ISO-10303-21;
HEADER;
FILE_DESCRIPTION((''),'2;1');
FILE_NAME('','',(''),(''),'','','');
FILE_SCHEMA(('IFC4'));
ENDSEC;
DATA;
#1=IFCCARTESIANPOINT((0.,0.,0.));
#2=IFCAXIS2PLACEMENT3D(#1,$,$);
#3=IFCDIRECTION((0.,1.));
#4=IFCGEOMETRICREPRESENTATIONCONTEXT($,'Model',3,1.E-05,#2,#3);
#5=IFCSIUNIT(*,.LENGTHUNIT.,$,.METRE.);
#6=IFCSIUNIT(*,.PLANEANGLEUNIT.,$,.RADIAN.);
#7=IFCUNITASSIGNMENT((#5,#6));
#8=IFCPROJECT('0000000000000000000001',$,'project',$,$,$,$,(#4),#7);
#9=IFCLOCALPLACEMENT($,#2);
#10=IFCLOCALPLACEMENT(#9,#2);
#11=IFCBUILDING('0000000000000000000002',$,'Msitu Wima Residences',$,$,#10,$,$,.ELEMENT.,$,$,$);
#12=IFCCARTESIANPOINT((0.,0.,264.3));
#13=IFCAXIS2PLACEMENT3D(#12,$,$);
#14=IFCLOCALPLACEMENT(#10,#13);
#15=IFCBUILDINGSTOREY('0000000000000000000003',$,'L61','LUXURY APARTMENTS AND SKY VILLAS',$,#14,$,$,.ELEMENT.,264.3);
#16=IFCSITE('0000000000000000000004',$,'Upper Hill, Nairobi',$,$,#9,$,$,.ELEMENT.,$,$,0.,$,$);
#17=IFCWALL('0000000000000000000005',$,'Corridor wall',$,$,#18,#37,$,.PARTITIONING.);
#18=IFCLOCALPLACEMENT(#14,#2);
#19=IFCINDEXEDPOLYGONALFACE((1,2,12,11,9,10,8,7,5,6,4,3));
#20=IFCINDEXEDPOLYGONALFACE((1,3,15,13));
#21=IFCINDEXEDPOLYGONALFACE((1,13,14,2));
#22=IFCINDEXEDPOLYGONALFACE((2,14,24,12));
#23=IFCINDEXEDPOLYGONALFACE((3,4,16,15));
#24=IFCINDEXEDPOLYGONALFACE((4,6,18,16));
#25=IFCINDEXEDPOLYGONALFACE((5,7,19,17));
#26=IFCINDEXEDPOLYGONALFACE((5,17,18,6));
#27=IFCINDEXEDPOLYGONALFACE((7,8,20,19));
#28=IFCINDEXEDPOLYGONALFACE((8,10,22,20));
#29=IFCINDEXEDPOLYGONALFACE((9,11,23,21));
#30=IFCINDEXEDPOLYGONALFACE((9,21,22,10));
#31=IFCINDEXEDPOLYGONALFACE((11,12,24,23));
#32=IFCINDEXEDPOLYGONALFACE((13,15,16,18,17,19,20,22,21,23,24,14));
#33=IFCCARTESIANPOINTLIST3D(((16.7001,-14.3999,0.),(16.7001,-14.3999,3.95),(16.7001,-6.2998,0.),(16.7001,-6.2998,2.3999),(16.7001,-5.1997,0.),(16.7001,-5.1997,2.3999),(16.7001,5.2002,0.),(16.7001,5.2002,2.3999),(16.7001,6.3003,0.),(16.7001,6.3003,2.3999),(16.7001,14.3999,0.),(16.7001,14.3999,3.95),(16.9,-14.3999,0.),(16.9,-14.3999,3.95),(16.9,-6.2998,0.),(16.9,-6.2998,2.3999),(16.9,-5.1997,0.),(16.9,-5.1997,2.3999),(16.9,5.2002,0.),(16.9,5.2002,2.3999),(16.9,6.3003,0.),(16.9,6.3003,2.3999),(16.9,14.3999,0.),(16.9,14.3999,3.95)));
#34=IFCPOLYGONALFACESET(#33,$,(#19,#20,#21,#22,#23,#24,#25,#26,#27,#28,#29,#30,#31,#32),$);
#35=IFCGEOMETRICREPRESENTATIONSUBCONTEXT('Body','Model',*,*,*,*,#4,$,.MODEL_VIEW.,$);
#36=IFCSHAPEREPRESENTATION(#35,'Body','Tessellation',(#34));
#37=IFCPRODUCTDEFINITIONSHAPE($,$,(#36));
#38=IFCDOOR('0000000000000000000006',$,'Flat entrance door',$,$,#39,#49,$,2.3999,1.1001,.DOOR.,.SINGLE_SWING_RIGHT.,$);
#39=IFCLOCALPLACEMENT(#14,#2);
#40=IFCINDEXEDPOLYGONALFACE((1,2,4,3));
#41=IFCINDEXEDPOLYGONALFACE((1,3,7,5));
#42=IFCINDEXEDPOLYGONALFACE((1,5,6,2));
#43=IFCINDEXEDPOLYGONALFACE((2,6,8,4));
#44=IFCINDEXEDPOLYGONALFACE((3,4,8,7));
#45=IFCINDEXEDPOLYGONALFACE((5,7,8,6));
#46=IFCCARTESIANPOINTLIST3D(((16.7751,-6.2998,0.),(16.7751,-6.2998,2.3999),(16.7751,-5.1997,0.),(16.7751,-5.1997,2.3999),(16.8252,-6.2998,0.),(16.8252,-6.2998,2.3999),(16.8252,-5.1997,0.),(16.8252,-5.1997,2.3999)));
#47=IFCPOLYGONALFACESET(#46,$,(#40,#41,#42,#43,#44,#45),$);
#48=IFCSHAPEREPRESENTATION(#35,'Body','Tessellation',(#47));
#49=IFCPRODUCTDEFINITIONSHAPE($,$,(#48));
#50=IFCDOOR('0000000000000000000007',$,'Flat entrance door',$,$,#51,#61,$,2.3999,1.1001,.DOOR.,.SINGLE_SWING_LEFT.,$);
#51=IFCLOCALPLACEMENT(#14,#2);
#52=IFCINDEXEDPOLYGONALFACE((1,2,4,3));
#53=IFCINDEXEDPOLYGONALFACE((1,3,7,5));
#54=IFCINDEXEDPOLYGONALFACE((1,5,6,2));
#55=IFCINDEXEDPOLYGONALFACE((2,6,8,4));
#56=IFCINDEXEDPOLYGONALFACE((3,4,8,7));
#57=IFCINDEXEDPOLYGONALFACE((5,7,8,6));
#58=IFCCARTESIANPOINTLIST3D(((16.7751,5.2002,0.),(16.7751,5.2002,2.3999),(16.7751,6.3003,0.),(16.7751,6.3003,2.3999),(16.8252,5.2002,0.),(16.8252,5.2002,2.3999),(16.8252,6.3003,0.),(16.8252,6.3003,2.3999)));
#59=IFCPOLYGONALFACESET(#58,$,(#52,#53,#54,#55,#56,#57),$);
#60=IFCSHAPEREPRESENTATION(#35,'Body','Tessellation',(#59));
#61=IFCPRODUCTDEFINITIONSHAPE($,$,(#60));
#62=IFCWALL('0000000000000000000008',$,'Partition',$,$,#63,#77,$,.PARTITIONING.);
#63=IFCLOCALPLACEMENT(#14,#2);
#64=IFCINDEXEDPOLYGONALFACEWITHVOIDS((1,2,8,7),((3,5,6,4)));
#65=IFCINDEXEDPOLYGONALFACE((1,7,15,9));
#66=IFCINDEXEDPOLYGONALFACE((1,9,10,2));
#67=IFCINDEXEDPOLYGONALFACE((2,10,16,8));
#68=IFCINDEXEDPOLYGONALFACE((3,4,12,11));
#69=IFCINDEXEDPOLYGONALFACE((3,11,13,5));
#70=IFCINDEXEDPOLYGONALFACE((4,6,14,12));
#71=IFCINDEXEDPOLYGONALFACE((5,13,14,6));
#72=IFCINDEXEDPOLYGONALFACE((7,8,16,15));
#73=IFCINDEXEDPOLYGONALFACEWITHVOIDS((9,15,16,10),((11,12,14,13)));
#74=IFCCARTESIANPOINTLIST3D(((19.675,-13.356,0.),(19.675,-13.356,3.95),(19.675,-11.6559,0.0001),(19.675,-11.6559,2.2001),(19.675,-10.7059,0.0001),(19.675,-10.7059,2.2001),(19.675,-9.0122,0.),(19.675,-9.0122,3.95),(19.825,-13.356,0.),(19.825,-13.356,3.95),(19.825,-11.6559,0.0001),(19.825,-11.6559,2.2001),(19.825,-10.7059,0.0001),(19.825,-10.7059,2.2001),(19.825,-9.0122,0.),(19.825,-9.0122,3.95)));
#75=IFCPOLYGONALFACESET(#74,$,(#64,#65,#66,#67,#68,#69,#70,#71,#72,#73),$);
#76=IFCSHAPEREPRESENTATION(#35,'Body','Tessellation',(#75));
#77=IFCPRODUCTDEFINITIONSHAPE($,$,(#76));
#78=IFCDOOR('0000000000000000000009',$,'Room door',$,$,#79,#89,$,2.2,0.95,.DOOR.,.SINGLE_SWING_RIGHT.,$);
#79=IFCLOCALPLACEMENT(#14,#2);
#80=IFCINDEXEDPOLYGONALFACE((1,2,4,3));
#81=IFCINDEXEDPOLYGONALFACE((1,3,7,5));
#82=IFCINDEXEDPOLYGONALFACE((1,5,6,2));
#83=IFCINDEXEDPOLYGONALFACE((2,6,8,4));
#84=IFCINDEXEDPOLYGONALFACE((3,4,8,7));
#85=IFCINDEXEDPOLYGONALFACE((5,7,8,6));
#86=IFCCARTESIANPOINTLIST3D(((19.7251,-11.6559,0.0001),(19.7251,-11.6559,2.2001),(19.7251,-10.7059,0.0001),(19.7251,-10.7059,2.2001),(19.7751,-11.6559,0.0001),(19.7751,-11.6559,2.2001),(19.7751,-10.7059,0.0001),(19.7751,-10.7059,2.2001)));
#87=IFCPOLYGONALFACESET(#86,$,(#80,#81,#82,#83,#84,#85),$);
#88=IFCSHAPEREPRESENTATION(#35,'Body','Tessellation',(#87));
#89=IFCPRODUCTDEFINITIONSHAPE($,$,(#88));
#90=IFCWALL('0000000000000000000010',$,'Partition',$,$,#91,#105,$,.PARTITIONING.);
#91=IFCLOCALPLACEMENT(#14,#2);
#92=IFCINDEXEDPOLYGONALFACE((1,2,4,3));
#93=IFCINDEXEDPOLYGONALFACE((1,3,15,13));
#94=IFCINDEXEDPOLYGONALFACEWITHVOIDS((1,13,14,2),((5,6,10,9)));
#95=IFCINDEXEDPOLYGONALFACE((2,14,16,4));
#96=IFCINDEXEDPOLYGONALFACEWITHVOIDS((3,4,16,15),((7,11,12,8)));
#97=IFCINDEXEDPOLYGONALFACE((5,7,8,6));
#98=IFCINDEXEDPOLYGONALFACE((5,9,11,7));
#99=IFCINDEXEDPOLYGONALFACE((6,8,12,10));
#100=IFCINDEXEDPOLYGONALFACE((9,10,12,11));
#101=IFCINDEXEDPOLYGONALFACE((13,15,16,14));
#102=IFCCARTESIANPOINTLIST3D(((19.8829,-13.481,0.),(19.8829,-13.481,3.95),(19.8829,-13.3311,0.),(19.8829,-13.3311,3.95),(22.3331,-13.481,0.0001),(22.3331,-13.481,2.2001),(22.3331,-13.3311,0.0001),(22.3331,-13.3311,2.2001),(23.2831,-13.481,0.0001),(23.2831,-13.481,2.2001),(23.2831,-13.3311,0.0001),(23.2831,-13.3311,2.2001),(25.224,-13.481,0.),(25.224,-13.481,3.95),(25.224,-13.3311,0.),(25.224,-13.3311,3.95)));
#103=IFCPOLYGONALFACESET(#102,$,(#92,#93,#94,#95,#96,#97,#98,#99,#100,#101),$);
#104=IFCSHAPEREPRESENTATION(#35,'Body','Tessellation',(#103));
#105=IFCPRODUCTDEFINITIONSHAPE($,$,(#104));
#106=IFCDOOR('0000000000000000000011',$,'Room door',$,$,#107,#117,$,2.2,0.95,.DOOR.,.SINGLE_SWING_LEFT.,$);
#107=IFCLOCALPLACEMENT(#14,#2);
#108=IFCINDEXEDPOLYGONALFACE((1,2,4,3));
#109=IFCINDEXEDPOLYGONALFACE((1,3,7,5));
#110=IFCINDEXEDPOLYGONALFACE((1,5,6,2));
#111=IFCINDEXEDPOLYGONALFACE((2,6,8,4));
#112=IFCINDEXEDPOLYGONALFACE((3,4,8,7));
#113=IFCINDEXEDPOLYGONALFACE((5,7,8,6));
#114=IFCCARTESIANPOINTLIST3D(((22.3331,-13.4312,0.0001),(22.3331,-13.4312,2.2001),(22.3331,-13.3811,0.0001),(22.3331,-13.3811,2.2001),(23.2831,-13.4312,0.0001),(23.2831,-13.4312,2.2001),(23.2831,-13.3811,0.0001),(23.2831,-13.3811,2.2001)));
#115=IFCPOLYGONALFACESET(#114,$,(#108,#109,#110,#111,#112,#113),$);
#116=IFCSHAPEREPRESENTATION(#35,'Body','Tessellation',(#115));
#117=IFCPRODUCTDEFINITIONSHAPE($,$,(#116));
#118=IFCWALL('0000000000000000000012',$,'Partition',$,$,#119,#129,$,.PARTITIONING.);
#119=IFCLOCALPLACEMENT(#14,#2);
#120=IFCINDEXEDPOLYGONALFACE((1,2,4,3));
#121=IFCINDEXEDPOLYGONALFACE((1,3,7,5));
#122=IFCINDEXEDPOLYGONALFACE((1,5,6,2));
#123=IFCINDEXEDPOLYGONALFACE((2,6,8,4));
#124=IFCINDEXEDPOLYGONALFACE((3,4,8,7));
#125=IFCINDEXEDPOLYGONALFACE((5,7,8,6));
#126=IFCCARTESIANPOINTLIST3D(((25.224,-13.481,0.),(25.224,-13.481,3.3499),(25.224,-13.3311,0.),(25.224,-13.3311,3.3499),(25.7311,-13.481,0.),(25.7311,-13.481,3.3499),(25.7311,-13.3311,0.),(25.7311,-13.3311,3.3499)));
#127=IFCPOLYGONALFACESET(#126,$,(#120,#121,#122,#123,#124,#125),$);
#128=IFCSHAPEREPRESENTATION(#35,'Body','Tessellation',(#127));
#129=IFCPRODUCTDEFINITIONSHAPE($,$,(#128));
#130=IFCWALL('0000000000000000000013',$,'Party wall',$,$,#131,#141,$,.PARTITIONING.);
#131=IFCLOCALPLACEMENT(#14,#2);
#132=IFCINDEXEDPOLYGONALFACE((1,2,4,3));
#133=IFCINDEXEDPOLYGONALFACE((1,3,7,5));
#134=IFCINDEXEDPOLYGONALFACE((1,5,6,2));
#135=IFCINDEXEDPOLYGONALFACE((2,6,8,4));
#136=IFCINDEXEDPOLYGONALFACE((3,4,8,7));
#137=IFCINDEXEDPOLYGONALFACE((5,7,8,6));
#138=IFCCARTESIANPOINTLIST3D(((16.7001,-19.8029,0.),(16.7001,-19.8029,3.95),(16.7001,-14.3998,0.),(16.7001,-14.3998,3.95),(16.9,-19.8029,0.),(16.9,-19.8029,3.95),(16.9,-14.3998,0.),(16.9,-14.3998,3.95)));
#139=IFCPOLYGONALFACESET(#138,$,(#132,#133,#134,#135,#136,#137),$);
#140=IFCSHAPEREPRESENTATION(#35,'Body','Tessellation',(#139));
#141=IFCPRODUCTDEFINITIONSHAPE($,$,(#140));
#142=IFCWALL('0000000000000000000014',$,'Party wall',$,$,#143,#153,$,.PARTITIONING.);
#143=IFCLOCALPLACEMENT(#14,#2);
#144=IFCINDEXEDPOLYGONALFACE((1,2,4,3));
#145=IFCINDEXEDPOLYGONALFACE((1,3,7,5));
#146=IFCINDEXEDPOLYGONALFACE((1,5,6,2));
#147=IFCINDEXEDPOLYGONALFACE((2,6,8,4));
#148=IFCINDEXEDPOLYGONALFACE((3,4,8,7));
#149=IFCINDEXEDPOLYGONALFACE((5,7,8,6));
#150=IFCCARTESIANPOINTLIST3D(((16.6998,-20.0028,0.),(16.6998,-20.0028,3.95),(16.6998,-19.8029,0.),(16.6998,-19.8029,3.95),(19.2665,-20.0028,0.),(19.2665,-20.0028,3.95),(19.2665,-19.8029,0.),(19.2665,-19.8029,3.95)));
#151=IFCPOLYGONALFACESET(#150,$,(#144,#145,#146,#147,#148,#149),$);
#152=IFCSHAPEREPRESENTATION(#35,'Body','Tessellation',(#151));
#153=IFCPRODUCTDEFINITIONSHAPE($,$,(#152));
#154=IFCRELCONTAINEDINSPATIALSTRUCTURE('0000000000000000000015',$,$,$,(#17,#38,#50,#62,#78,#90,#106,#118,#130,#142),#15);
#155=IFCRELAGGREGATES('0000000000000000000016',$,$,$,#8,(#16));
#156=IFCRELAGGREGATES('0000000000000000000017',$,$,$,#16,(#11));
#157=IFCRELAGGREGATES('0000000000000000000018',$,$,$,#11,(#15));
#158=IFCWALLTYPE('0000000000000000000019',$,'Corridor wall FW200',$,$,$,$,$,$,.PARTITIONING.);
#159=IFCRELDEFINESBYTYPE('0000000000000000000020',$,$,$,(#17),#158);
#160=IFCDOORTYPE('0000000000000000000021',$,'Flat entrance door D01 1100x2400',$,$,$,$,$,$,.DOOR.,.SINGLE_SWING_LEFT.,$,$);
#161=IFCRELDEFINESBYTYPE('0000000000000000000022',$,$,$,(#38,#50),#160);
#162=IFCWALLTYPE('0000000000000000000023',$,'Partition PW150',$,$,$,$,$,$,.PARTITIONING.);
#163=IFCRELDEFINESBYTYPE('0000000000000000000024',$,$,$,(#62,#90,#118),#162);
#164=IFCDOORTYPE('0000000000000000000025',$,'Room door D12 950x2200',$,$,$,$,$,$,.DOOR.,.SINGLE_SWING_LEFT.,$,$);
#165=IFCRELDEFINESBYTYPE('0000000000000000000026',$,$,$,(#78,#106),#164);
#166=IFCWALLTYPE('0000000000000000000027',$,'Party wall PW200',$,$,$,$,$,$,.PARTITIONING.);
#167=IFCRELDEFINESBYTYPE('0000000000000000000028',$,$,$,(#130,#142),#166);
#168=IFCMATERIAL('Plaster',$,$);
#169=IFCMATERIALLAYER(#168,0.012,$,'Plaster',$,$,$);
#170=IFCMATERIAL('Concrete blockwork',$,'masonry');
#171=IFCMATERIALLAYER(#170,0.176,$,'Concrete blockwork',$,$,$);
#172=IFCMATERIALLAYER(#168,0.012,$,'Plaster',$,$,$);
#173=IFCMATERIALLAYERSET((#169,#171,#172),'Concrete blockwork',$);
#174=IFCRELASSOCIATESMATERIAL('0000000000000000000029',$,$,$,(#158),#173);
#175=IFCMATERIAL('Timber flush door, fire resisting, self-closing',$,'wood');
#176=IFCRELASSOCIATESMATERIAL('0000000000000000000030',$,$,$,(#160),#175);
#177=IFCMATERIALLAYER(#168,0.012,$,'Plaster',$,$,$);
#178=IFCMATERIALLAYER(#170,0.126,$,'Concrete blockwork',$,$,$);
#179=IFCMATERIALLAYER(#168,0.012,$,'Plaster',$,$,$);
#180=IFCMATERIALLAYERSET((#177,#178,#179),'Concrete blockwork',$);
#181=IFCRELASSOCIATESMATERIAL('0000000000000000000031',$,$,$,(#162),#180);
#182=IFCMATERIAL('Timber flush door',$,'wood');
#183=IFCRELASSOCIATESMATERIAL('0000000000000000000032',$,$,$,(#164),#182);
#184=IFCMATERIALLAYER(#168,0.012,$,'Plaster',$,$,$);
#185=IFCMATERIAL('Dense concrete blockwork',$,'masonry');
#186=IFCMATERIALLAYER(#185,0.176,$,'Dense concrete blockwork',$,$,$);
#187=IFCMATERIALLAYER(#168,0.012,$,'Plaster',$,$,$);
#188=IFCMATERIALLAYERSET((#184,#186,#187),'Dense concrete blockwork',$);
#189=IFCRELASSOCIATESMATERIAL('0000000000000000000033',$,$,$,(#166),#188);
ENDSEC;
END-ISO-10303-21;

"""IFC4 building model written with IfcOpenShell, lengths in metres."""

from ifc_helpers import new_model, si_unit, direction, frame, frame_2d, origin, place, context, subcontext, project, spatial, rectangle, extrude, material, layer, layer_set, type_object, element, fill, save


model = new_model("IFC4")

# Units and contexts
model_context = context("Model", 3, precision=1e-05, world=origin(), true_north=direction((0.0, 1.0)))
body_context = subcontext(model_context, "Body", "Model", "MODEL_VIEW")
ifc_project = project(units=[si_unit("LENGTHUNIT", "METRE"), si_unit("PLANEANGLEUNIT", "RADIAN")], contexts=[model_context])

# Site, building, storey
site_placement = place(None, origin())
site = spatial("IfcSite", under=ifc_project, at=site_placement, Name="Upper Hill, Nairobi", CompositionType="ELEMENT", RefElevation=0.0)
building_placement = place(site_placement, origin())
building = spatial("IfcBuilding", under=site, at=building_placement, Name="Msitu Wima Residences", CompositionType="ELEMENT")
storey_placement = place(building_placement, frame((0.0, 0.0, 264.3)))
storey = spatial("IfcBuildingStorey", under=building, at=storey_placement, Name="L61", Description="LUXURY APARTMENTS AND SKY VILLAS", CompositionType="ELEMENT", Elevation=264.3)

# Shared definitions
ifc_material_1 = material(Name="Plaster")
ifc_layer_1 = layer(ifc_material_1, 0.012, Name="Plaster")
ifc_material_2 = material(Name="Concrete blockwork", Category="masonry")
ifc_layer_2 = layer(ifc_material_2, 0.176, Name="Concrete blockwork")
ifc_layer_3 = layer(ifc_material_1, 0.012, Name="Plaster")
ifc_layer_set_1 = layer_set([ifc_layer_1, ifc_layer_2, ifc_layer_3], Name="Concrete blockwork")
wall_type_1 = type_object("IfcWallType", Name="Corridor wall FW200", PredefinedType="PARTITIONING", material=ifc_layer_set_1)

# Shared definitions
ifc_material_3 = material(Name="Timber flush door, fire resisting, self-closing", Category="wood")
door_type_1 = type_object("IfcDoorType", Name="Flat entrance door D01 1100x2400", OperationType="SINGLE_SWING_LEFT", PredefinedType="DOOR", material=ifc_material_3)

# Wall, openings, doors
wall_1_placement = place(storey_placement, frame((16.8, -14.3999, 0.0), z_axis=(0.0, 0.0, 1.0), x_axis=(0.0, 1.0, 0.0)))
wall_1 = element("IfcWall", 1, at=wall_1_placement, inside=storey, type_object=wall_type_1, Name="Corridor wall", PredefinedType="PARTITIONING", context=body_context, shape_type="SweptSolid", body=[
    extrude(rectangle(XDim=28.7998, YDim=0.2, at=frame_2d((14.3999, 0.0))), origin(), (0.0, 0.0, 1.0), 3.95),
])
opening_1_placement = place(wall_1_placement, frame((8.1001, 0.0, 0.0)))
opening_1 = element("IfcOpeningElement", 2, at=opening_1_placement, cuts=wall_1, PredefinedType="OPENING", context=body_context, shape_type="SweptSolid", body=[
    extrude(rectangle(XDim=1.1001, YDim=2.3999, at=frame_2d((0.55, 1.2))), frame((0.0, 0.1099, 0.0), z_axis=(0.0, -1.0, 0.0), x_axis=(1.0, 0.0, 0.0)), (0.0, 0.0, 1.0), 0.22),
])
opening_2_placement = place(wall_1_placement, frame((19.6001, 0.0, 0.0)))
opening_2 = element("IfcOpeningElement", 3, at=opening_2_placement, cuts=wall_1, PredefinedType="OPENING", context=body_context, shape_type="SweptSolid", body=[
    extrude(rectangle(XDim=1.1001, YDim=2.3999, at=frame_2d((0.55, 1.2))), frame((0.0, 0.1099, 0.0), z_axis=(0.0, -1.0, 0.0), x_axis=(1.0, 0.0, 0.0)), (0.0, 0.0, 1.0), 0.22),
])
door_1_placement = place(opening_1_placement, origin())
door_1 = element("IfcDoor", 4, at=door_1_placement, inside=storey, type_object=door_type_1, Name="Flat entrance door", OperationType="SINGLE_SWING_RIGHT", OverallHeight=2.3999, OverallWidth=1.1001, PredefinedType="DOOR", context=body_context, shape_type="SweptSolid", body=[
    extrude(rectangle(XDim=1.1001, YDim=2.3999, at=frame_2d((0.55, 1.2))), frame((0.0, 0.0249, 0.0), z_axis=(0.0, -1.0, 0.0), x_axis=(1.0, 0.0, 0.0)), (0.0, 0.0, 1.0), 0.05),
])
fill(opening_1, door_1)
door_2_placement = place(opening_2_placement, origin())
door_2 = element("IfcDoor", 5, at=door_2_placement, inside=storey, type_object=door_type_1, Name="Flat entrance door", OperationType="SINGLE_SWING_LEFT", OverallHeight=2.3999, OverallWidth=1.1001, PredefinedType="DOOR", context=body_context, shape_type="SweptSolid", body=[
    extrude(rectangle(XDim=1.1001, YDim=2.3999, at=frame_2d((0.55, 1.2))), frame((0.0, 0.0249, 0.0), z_axis=(0.0, -1.0, 0.0), x_axis=(1.0, 0.0, 0.0)), (0.0, 0.0, 1.0), 0.05),
])
fill(opening_2, door_2)

# Walls, openings, doors
ifc_layer_4 = layer(ifc_material_1, 0.012, Name="Plaster")
ifc_layer_5 = layer(ifc_material_2, 0.126, Name="Concrete blockwork")
ifc_layer_6 = layer(ifc_material_1, 0.012, Name="Plaster")
ifc_layer_set_2 = layer_set([ifc_layer_4, ifc_layer_5, ifc_layer_6], Name="Concrete blockwork")
wall_type_2 = type_object("IfcWallType", Name="Partition PW150", PredefinedType="PARTITIONING", material=ifc_layer_set_2)
wall_2_placement = place(storey_placement, frame((19.75, -13.356, 0.0), z_axis=(0.0, 0.0, 1.0), x_axis=(0.0, 1.0, 0.0)))
wall_2 = element("IfcWall", 6, at=wall_2_placement, inside=storey, type_object=wall_type_2, Name="Partition", PredefinedType="PARTITIONING", context=body_context, shape_type="SweptSolid", body=[
    extrude(rectangle(XDim=4.3438, YDim=0.1499, at=frame_2d((2.1719, 0.0))), origin(), (0.0, 0.0, 1.0), 3.95),
])
opening_3_placement = place(wall_2_placement, frame((1.7, 0.0, 0.0)))
opening_3 = element("IfcOpeningElement", 7, at=opening_3_placement, cuts=wall_2, PredefinedType="OPENING", context=body_context, shape_type="SweptSolid", body=[
    extrude(rectangle(XDim=0.95, YDim=2.2, at=frame_2d((0.4751, 1.1001))), frame((0.0, 0.085, 0.0), z_axis=(0.0, -1.0, 0.0), x_axis=(1.0, 0.0, 0.0)), (0.0, 0.0, 1.0), 0.1699),
])
ifc_material_4 = material(Name="Timber flush door", Category="wood")
door_type_2 = type_object("IfcDoorType", Name="Room door D12 950x2200", OperationType="SINGLE_SWING_LEFT", PredefinedType="DOOR", material=ifc_material_4)
door_3_placement = place(opening_3_placement, origin())
door_3 = element("IfcDoor", 8, at=door_3_placement, inside=storey, type_object=door_type_2, Name="Room door", OperationType="SINGLE_SWING_RIGHT", OverallHeight=2.2, OverallWidth=0.95, PredefinedType="DOOR", context=body_context, shape_type="SweptSolid", body=[
    extrude(rectangle(XDim=0.95, YDim=2.2, at=frame_2d((0.4751, 1.1001))), frame((0.0, 0.0249, 0.0), z_axis=(0.0, -1.0, 0.0), x_axis=(1.0, 0.0, 0.0)), (0.0, 0.0, 1.0), 0.05),
])
fill(opening_3, door_3)
wall_3_placement = place(storey_placement, frame((19.8831, -13.406, 0.0), z_axis=(0.0, 0.0, 1.0), x_axis=(1.0, 0.0, 0.0)))
wall_3 = element("IfcWall", 9, at=wall_3_placement, inside=storey, type_object=wall_type_2, Name="Partition", PredefinedType="PARTITIONING", context=body_context, shape_type="SweptSolid", body=[
    extrude(rectangle(XDim=5.3411, YDim=0.1499, at=frame_2d((2.6704, 0.0))), origin(), (0.0, 0.0, 1.0), 3.95),
])
opening_4_placement = place(wall_3_placement, frame((2.45, 0.0, 0.0)))
opening_4 = element("IfcOpeningElement", 10, at=opening_4_placement, cuts=wall_3, PredefinedType="OPENING", context=body_context, shape_type="SweptSolid", body=[
    extrude(rectangle(XDim=0.95, YDim=2.2, at=frame_2d((0.4751, 1.1001))), frame((0.0, 0.085, 0.0), z_axis=(0.0, -1.0, 0.0), x_axis=(1.0, 0.0, 0.0)), (0.0, 0.0, 1.0), 0.1699),
])
door_4_placement = place(opening_4_placement, origin())
door_4 = element("IfcDoor", 11, at=door_4_placement, inside=storey, type_object=door_type_2, Name="Room door", OperationType="SINGLE_SWING_LEFT", OverallHeight=2.2, OverallWidth=0.95, PredefinedType="DOOR", context=body_context, shape_type="SweptSolid", body=[
    extrude(rectangle(XDim=0.95, YDim=2.2, at=frame_2d((0.4751, 1.1001))), frame((0.0, 0.0249, 0.0), z_axis=(0.0, -1.0, 0.0), x_axis=(1.0, 0.0, 0.0)), (0.0, 0.0, 1.0), 0.05),
])
fill(opening_4, door_4)

# Walls
wall_4_placement = place(storey_placement, frame((25.2241, -13.406, 0.0), z_axis=(0.0, 0.0, 1.0), x_axis=(1.0, 0.0, 0.0)))
element("IfcWall", 12, at=wall_4_placement, inside=storey, type_object=wall_type_2, Name="Partition", PredefinedType="PARTITIONING", context=body_context, shape_type="SweptSolid", body=[
    extrude(rectangle(XDim=0.5071, YDim=0.1499, at=frame_2d((0.2534, 0.0))), origin(), (0.0, 0.0, 1.0), 3.3499),
])
ifc_layer_7 = layer(ifc_material_1, 0.012, Name="Plaster")
ifc_material_5 = material(Name="Dense concrete blockwork", Category="masonry")
ifc_layer_8 = layer(ifc_material_5, 0.176, Name="Dense concrete blockwork")
ifc_layer_9 = layer(ifc_material_1, 0.012, Name="Plaster")
ifc_layer_set_3 = layer_set([ifc_layer_7, ifc_layer_8, ifc_layer_9], Name="Dense concrete blockwork")
wall_type_3 = type_object("IfcWallType", Name="Party wall PW200", PredefinedType="PARTITIONING", material=ifc_layer_set_3)
wall_5_placement = place(storey_placement, frame((16.8, -19.803, 0.0), z_axis=(0.0, 0.0, 1.0), x_axis=(0.0, 1.0, 0.0)))
element("IfcWall", 13, at=wall_5_placement, inside=storey, type_object=wall_type_3, Name="Party wall", PredefinedType="PARTITIONING", context=body_context, shape_type="SweptSolid", body=[
    extrude(rectangle(XDim=5.4031, YDim=0.2, at=frame_2d((2.7017, 0.0))), origin(), (0.0, 0.0, 1.0), 3.95),
])
wall_6_placement = place(storey_placement, frame((16.7, -19.9028, 0.0), z_axis=(0.0, 0.0, 1.0), x_axis=(1.0, 0.0, 0.0)))
element("IfcWall", 14, at=wall_6_placement, inside=storey, type_object=wall_type_3, Name="Party wall", PredefinedType="PARTITIONING", context=body_context, shape_type="SweptSolid", body=[
    extrude(rectangle(XDim=2.5667, YDim=0.2, at=frame_2d((1.2832, 0.0))), origin(), (0.0, 0.0, 1.0), 3.95),
])

save(model, "model.ifc")
